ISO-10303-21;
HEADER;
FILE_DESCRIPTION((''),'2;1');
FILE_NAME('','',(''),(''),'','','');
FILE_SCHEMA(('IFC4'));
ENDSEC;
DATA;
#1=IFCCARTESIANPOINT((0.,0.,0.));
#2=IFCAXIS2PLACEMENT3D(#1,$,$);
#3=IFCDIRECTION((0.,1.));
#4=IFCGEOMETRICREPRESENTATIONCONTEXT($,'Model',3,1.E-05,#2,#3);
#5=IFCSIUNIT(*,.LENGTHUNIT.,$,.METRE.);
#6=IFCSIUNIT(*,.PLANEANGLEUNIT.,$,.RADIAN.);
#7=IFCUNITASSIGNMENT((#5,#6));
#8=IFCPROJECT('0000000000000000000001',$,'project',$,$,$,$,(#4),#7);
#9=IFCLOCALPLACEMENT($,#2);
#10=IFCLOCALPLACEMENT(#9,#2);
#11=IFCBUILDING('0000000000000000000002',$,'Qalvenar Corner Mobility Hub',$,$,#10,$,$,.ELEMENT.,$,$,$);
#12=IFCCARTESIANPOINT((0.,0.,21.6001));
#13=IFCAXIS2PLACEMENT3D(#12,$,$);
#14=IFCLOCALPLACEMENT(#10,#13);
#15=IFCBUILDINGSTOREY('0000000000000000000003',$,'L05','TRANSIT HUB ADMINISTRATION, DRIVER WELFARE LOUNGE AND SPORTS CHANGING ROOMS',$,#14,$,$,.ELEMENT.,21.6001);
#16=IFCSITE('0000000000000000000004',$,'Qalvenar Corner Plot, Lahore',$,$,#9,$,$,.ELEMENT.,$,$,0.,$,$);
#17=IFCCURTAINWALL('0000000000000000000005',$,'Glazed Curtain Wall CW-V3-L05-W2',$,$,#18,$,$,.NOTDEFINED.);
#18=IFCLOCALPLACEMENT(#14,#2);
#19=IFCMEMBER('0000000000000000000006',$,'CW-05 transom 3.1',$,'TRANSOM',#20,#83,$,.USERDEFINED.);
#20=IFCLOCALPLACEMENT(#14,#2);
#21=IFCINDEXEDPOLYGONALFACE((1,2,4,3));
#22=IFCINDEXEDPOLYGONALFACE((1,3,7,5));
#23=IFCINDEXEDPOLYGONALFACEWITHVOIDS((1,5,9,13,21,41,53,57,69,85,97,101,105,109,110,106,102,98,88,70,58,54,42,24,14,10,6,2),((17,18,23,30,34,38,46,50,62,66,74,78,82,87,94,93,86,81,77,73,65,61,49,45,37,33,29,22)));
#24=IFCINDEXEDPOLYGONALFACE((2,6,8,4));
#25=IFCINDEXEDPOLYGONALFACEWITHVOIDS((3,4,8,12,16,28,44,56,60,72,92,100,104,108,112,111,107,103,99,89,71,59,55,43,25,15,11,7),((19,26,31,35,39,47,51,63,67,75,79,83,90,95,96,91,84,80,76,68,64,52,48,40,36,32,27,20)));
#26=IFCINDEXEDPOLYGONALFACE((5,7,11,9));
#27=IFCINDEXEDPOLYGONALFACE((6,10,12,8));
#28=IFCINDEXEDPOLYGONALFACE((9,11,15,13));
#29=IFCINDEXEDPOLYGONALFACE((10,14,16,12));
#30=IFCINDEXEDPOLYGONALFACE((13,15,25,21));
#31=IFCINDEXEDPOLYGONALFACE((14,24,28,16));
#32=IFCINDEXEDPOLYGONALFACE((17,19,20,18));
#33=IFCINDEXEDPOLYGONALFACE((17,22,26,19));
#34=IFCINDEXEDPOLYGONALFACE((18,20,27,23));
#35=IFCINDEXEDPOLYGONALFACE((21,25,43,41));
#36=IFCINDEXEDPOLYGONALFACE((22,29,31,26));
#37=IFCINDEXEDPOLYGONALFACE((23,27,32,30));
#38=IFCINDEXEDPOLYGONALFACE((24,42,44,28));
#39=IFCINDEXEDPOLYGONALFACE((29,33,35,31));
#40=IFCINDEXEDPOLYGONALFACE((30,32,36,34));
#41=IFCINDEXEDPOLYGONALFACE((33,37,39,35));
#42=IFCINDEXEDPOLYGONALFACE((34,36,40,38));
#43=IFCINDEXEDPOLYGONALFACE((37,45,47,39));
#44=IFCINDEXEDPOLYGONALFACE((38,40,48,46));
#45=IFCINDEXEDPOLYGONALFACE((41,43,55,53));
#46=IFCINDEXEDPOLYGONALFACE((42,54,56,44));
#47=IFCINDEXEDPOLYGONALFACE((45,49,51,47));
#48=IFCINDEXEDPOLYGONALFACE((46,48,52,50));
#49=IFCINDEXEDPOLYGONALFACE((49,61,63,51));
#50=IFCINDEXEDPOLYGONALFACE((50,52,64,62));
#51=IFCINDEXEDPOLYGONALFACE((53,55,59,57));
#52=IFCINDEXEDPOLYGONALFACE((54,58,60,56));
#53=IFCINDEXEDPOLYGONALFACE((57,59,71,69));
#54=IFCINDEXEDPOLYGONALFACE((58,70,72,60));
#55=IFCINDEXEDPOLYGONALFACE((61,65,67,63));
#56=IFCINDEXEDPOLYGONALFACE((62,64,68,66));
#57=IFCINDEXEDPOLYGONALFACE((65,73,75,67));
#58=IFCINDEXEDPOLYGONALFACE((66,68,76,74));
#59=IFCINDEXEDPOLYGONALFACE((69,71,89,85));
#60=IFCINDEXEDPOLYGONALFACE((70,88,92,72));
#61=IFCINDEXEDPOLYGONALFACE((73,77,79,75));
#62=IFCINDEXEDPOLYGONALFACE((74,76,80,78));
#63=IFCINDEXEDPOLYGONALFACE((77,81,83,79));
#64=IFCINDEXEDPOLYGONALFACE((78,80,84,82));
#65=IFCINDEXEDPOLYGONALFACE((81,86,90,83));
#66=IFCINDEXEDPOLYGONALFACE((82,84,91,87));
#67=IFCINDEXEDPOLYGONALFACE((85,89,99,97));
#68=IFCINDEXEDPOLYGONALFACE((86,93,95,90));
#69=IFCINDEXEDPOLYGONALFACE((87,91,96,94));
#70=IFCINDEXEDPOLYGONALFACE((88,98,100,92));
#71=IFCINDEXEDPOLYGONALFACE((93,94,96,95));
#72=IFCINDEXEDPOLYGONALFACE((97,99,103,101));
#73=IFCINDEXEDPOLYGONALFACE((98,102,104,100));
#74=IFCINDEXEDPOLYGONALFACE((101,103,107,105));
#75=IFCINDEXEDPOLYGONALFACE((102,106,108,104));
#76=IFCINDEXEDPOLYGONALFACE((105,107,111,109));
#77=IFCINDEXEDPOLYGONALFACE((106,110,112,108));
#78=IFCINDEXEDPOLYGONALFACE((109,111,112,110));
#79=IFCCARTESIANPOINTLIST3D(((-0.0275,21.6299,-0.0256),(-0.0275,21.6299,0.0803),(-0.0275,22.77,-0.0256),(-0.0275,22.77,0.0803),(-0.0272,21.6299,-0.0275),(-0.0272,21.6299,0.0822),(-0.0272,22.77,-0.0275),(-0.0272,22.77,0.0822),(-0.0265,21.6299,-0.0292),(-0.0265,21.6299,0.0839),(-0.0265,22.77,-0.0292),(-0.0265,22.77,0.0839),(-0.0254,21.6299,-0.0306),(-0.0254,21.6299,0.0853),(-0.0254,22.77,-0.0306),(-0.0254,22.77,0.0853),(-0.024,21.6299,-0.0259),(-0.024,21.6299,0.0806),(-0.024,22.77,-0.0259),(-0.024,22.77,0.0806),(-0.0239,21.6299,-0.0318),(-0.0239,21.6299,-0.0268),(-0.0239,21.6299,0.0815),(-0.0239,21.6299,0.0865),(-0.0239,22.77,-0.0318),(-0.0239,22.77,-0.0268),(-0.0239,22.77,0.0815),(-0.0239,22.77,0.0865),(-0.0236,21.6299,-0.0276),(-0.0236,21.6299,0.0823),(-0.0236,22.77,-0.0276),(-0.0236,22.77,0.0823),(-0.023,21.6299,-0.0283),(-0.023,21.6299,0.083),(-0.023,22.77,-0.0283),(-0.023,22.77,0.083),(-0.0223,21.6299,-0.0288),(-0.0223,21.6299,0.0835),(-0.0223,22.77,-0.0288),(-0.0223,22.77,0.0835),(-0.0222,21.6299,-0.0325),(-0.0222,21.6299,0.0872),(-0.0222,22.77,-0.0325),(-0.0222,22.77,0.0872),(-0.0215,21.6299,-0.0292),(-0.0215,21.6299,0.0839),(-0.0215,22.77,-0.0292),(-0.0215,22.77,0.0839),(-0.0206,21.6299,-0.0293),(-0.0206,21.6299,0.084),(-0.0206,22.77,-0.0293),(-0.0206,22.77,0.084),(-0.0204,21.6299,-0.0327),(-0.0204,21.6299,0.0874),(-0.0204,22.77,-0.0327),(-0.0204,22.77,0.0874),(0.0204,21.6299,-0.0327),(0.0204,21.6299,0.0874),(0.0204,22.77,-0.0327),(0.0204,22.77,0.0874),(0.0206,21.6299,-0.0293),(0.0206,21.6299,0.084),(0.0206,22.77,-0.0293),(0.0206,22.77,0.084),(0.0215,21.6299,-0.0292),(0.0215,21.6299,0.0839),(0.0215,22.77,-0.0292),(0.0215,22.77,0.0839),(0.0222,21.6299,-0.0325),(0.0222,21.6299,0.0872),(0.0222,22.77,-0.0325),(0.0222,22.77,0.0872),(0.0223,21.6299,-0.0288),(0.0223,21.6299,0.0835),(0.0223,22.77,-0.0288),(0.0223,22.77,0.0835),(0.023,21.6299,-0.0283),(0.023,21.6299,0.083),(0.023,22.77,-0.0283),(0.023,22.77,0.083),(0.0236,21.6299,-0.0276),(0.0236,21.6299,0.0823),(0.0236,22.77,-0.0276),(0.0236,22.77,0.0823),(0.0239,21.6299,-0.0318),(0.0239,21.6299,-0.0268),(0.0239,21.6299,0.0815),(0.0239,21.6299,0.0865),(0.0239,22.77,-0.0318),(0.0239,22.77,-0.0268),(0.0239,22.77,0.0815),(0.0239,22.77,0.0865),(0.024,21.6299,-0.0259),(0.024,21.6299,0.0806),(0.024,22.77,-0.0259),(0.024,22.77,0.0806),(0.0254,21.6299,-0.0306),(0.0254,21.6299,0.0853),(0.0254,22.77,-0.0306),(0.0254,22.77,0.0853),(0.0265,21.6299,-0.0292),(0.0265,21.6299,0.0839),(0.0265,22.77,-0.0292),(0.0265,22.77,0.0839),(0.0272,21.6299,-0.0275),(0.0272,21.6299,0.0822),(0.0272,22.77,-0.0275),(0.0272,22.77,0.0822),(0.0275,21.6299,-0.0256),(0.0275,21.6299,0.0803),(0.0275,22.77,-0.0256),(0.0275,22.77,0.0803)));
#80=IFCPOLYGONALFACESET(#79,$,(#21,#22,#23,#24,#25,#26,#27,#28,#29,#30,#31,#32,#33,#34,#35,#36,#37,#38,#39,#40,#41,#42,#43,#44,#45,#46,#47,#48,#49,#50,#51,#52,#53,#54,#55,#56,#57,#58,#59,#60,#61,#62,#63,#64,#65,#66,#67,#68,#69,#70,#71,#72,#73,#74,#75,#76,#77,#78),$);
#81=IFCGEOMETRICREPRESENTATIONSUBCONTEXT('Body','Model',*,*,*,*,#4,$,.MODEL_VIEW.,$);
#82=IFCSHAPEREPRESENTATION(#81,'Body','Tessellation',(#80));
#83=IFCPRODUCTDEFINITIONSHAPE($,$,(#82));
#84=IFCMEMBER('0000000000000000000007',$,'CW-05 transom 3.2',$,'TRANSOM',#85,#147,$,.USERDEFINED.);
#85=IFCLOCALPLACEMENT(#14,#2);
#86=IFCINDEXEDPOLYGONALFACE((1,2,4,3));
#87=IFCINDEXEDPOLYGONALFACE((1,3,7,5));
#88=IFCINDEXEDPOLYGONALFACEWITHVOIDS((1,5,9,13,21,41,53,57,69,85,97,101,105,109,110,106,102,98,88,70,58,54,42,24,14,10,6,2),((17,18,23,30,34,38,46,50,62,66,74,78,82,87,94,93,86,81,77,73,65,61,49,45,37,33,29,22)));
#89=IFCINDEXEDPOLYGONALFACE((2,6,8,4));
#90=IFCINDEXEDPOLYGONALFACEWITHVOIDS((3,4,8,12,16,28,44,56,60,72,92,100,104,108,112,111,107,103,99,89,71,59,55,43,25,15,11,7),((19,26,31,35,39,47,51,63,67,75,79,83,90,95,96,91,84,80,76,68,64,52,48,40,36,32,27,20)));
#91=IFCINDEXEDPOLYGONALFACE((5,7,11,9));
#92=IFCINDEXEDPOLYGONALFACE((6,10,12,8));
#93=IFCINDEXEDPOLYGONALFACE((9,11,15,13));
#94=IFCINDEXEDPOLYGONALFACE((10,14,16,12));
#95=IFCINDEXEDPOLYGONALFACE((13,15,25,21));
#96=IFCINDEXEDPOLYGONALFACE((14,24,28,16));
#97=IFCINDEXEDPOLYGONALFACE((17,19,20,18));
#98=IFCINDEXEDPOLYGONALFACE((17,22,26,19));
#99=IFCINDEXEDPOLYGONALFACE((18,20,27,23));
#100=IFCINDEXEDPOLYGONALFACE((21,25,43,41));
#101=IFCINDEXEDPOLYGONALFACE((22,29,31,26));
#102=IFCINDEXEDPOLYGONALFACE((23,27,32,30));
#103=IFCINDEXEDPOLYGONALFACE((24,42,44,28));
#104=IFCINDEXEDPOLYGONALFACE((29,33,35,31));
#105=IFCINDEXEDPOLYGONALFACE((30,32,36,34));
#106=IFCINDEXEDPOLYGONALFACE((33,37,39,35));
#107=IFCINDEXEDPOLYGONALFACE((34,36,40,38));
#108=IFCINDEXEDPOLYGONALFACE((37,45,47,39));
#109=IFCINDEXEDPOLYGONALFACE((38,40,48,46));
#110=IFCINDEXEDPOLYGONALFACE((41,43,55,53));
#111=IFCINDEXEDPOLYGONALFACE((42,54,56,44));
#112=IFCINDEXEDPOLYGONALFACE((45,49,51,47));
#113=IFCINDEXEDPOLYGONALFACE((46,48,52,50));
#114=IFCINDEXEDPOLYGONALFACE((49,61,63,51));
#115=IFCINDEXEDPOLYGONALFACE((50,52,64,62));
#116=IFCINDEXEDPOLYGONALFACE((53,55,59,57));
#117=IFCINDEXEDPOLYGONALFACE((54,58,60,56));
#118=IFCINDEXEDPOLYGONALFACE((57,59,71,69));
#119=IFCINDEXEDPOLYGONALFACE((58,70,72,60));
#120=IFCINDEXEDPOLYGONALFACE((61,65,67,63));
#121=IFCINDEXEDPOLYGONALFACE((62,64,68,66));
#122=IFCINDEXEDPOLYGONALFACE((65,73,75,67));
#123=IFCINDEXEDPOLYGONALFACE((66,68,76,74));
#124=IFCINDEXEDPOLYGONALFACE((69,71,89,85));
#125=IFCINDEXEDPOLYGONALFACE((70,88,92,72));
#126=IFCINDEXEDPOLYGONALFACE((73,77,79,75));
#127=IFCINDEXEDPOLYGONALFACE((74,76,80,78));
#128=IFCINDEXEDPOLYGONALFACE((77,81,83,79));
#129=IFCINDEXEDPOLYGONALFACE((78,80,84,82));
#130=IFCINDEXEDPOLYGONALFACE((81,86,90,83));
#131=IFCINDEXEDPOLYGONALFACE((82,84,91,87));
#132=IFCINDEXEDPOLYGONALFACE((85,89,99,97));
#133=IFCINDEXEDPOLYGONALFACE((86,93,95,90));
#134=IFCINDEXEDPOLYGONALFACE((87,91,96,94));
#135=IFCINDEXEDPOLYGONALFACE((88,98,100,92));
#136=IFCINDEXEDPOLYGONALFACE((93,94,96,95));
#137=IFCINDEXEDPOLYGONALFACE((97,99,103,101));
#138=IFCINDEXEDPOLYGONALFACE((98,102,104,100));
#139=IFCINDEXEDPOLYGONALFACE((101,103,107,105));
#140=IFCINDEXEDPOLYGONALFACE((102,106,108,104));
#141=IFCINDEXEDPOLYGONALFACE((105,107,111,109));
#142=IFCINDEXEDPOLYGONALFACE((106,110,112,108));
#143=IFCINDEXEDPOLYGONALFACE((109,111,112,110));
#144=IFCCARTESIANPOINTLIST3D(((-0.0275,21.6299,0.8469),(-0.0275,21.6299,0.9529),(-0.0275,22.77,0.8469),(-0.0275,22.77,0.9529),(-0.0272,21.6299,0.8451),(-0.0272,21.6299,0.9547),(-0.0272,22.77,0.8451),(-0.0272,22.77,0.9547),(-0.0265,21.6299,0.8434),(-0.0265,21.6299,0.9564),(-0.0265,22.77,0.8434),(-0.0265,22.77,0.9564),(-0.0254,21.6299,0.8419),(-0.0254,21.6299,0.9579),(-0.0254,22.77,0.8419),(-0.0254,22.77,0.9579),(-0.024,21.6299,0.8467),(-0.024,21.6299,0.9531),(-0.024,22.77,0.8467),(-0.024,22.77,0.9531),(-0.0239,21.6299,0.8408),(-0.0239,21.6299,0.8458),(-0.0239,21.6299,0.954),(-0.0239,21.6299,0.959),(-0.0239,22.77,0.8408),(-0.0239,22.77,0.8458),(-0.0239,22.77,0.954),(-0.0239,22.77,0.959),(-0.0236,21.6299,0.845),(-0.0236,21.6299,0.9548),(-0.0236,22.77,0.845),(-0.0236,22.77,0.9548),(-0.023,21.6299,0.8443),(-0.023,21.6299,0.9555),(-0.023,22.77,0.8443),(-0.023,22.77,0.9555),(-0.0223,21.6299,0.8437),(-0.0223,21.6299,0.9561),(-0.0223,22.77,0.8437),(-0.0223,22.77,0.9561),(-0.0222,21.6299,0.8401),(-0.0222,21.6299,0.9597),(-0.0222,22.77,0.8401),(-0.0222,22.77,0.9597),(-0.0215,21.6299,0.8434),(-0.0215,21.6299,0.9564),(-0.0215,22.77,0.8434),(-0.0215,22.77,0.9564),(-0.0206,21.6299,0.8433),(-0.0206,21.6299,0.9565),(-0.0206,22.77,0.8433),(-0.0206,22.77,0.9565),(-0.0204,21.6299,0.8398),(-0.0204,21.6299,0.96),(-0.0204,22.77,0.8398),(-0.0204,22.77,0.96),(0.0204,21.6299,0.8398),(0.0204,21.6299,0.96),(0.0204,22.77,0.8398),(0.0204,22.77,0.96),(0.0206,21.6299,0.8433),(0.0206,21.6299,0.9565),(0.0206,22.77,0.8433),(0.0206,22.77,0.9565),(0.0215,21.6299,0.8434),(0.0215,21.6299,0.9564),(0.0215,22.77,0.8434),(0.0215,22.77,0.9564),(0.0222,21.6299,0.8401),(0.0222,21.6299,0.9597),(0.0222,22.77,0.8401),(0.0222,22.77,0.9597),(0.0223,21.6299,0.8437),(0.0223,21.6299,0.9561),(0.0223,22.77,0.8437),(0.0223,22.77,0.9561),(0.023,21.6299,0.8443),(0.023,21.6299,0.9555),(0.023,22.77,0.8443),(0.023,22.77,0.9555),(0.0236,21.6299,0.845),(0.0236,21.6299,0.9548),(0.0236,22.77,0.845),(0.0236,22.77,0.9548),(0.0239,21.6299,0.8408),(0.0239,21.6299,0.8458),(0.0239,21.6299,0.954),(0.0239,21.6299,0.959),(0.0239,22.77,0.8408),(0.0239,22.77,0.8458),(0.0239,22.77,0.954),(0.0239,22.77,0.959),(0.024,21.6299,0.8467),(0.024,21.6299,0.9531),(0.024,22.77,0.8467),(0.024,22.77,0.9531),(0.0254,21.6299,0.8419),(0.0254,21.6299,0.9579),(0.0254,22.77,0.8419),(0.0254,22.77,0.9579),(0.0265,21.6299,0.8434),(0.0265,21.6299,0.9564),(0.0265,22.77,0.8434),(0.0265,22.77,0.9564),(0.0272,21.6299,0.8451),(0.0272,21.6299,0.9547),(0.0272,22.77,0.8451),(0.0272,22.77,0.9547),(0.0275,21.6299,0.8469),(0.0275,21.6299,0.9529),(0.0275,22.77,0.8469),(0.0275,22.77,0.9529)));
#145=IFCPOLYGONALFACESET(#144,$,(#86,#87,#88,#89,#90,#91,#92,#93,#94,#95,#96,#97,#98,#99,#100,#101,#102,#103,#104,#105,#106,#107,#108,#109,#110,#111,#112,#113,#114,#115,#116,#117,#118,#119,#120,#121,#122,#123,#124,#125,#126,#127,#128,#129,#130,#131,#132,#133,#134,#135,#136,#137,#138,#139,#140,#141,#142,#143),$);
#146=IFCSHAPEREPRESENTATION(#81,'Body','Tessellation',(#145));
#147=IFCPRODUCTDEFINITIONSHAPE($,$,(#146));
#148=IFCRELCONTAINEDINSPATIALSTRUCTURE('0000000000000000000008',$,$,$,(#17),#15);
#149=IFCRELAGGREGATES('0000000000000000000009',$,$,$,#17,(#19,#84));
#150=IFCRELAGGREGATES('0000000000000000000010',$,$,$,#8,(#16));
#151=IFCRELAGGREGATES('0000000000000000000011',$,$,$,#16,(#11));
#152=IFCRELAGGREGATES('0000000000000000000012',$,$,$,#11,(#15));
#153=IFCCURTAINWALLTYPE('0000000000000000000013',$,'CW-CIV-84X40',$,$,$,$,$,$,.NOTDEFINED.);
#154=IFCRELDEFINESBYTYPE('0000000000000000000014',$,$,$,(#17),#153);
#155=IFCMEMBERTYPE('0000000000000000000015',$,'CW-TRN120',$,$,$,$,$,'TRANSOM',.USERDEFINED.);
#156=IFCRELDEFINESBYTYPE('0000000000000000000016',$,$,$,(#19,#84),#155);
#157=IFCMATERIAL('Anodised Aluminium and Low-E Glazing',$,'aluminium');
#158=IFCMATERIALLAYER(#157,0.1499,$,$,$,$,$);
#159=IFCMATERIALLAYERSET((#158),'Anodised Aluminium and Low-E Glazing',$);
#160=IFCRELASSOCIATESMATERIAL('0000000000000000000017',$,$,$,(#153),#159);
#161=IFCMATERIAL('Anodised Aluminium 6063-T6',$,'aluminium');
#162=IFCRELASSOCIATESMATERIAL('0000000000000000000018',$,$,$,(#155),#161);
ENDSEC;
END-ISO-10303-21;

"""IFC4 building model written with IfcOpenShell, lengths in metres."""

from ifc_helpers import new_model, si_unit, direction, frame, origin, origin_2d, place, context, subcontext, project, spatial, hollow_rectangle, extrude, material, layer, layer_set, material_profile, profile_set, type_object, element, aggregate, save


model = new_model("IFC4")

# Units and contexts
model_context = context("Model", 3, precision=1e-05, world=origin(), true_north=direction((0.0, 1.0)))
body_context = subcontext(model_context, "Body", "Model", "MODEL_VIEW")
ifc_project = project(units=[si_unit("LENGTHUNIT", "METRE"), si_unit("PLANEANGLEUNIT", "RADIAN")], contexts=[model_context])

# Site, building, storey
site_placement = place(None, origin())
site = spatial("IfcSite", under=ifc_project, at=site_placement, Name="Qalvenar Corner Plot, Lahore", CompositionType="ELEMENT", RefElevation=0.0)
building_placement = place(site_placement, origin())
building = spatial("IfcBuilding", under=site, at=building_placement, Name="Qalvenar Corner Mobility Hub", CompositionType="ELEMENT")
storey_placement = place(building_placement, frame((0.0, 0.0, 21.6001)))
storey = spatial("IfcBuildingStorey", under=building, at=storey_placement, Name="L05", Description="TRANSIT HUB ADMINISTRATION, DRIVER WELFARE LOUNGE AND SPORTS CHANGING ROOMS", CompositionType="ELEMENT", Elevation=21.6001)

# Curtain wall, members
ifc_material_1 = material(Name="Anodised Aluminium and Low-E Glazing", Category="aluminium")
ifc_layer_1 = layer(ifc_material_1, 0.1499)
ifc_layer_set_1 = layer_set([ifc_layer_1], Name="Anodised Aluminium and Low-E Glazing")
curtain_wall_type = type_object("IfcCurtainWallType", Name="CW-CIV-84X40", PredefinedType="NOTDEFINED", material=ifc_layer_set_1)
curtain_wall_placement = place(storey_placement, origin())
curtain_wall = element("IfcCurtainWall", 1, at=curtain_wall_placement, inside=storey, type_object=curtain_wall_type, Name="Glazed Curtain Wall CW-V3-L05-W2", PredefinedType="NOTDEFINED")
ifc_material_2 = material(Name="Anodised Aluminium 6063-T6", Category="aluminium")
ifc_material_profile_1 = material_profile(ifc_material_2, hollow_rectangle(XDim=0.0549, YDim=0.1201, WallThickness=0.0034, InnerFilletRadius=0.0034, OuterFilletRadius=0.0071, at=origin_2d()), Name="RHS120x55x3.5")
ifc_profile_set_1 = profile_set([ifc_material_profile_1], Name="Anodised Aluminium 6063-T6")
member_type_1 = type_object("IfcMemberType", Name="CW-TRN120", ElementType="TRANSOM", PredefinedType="USERDEFINED", material=ifc_profile_set_1)
member_1_placement = place(storey_placement, frame((0.0, 22.77, 0.0273), z_axis=(0.0, -1.0, 0.0), x_axis=(1.0, 0.0, 0.0)))
member_1 = element("IfcMember", 2, at=member_1_placement, type_object=member_type_1, Name="CW-05 transom 3.1", ObjectType="TRANSOM", PredefinedType="USERDEFINED", context=body_context, shape_type="SweptSolid", body=[
    extrude(hollow_rectangle(XDim=0.0549, YDim=0.1201, WallThickness=0.0034, InnerFilletRadius=0.0034, OuterFilletRadius=0.0071, at=origin_2d()), origin(), (0.0, 0.0, 1.0), 1.1401),
])
member_2_placement = place(storey_placement, frame((0.0, 22.77, 0.8999), z_axis=(0.0, -1.0, 0.0), x_axis=(1.0, 0.0, 0.0)))
member_2 = element("IfcMember", 3, at=member_2_placement, type_object=member_type_1, Name="CW-05 transom 3.2", ObjectType="TRANSOM", PredefinedType="USERDEFINED", context=body_context, shape_type="SweptSolid", body=[
    extrude(hollow_rectangle(XDim=0.0549, YDim=0.1201, WallThickness=0.0034, InnerFilletRadius=0.0034, OuterFilletRadius=0.0071, at=origin_2d()), origin(), (0.0, 0.0, 1.0), 1.1401),
])
aggregate(curtain_wall, [member_1, member_2])

save(model, "model.ifc")
